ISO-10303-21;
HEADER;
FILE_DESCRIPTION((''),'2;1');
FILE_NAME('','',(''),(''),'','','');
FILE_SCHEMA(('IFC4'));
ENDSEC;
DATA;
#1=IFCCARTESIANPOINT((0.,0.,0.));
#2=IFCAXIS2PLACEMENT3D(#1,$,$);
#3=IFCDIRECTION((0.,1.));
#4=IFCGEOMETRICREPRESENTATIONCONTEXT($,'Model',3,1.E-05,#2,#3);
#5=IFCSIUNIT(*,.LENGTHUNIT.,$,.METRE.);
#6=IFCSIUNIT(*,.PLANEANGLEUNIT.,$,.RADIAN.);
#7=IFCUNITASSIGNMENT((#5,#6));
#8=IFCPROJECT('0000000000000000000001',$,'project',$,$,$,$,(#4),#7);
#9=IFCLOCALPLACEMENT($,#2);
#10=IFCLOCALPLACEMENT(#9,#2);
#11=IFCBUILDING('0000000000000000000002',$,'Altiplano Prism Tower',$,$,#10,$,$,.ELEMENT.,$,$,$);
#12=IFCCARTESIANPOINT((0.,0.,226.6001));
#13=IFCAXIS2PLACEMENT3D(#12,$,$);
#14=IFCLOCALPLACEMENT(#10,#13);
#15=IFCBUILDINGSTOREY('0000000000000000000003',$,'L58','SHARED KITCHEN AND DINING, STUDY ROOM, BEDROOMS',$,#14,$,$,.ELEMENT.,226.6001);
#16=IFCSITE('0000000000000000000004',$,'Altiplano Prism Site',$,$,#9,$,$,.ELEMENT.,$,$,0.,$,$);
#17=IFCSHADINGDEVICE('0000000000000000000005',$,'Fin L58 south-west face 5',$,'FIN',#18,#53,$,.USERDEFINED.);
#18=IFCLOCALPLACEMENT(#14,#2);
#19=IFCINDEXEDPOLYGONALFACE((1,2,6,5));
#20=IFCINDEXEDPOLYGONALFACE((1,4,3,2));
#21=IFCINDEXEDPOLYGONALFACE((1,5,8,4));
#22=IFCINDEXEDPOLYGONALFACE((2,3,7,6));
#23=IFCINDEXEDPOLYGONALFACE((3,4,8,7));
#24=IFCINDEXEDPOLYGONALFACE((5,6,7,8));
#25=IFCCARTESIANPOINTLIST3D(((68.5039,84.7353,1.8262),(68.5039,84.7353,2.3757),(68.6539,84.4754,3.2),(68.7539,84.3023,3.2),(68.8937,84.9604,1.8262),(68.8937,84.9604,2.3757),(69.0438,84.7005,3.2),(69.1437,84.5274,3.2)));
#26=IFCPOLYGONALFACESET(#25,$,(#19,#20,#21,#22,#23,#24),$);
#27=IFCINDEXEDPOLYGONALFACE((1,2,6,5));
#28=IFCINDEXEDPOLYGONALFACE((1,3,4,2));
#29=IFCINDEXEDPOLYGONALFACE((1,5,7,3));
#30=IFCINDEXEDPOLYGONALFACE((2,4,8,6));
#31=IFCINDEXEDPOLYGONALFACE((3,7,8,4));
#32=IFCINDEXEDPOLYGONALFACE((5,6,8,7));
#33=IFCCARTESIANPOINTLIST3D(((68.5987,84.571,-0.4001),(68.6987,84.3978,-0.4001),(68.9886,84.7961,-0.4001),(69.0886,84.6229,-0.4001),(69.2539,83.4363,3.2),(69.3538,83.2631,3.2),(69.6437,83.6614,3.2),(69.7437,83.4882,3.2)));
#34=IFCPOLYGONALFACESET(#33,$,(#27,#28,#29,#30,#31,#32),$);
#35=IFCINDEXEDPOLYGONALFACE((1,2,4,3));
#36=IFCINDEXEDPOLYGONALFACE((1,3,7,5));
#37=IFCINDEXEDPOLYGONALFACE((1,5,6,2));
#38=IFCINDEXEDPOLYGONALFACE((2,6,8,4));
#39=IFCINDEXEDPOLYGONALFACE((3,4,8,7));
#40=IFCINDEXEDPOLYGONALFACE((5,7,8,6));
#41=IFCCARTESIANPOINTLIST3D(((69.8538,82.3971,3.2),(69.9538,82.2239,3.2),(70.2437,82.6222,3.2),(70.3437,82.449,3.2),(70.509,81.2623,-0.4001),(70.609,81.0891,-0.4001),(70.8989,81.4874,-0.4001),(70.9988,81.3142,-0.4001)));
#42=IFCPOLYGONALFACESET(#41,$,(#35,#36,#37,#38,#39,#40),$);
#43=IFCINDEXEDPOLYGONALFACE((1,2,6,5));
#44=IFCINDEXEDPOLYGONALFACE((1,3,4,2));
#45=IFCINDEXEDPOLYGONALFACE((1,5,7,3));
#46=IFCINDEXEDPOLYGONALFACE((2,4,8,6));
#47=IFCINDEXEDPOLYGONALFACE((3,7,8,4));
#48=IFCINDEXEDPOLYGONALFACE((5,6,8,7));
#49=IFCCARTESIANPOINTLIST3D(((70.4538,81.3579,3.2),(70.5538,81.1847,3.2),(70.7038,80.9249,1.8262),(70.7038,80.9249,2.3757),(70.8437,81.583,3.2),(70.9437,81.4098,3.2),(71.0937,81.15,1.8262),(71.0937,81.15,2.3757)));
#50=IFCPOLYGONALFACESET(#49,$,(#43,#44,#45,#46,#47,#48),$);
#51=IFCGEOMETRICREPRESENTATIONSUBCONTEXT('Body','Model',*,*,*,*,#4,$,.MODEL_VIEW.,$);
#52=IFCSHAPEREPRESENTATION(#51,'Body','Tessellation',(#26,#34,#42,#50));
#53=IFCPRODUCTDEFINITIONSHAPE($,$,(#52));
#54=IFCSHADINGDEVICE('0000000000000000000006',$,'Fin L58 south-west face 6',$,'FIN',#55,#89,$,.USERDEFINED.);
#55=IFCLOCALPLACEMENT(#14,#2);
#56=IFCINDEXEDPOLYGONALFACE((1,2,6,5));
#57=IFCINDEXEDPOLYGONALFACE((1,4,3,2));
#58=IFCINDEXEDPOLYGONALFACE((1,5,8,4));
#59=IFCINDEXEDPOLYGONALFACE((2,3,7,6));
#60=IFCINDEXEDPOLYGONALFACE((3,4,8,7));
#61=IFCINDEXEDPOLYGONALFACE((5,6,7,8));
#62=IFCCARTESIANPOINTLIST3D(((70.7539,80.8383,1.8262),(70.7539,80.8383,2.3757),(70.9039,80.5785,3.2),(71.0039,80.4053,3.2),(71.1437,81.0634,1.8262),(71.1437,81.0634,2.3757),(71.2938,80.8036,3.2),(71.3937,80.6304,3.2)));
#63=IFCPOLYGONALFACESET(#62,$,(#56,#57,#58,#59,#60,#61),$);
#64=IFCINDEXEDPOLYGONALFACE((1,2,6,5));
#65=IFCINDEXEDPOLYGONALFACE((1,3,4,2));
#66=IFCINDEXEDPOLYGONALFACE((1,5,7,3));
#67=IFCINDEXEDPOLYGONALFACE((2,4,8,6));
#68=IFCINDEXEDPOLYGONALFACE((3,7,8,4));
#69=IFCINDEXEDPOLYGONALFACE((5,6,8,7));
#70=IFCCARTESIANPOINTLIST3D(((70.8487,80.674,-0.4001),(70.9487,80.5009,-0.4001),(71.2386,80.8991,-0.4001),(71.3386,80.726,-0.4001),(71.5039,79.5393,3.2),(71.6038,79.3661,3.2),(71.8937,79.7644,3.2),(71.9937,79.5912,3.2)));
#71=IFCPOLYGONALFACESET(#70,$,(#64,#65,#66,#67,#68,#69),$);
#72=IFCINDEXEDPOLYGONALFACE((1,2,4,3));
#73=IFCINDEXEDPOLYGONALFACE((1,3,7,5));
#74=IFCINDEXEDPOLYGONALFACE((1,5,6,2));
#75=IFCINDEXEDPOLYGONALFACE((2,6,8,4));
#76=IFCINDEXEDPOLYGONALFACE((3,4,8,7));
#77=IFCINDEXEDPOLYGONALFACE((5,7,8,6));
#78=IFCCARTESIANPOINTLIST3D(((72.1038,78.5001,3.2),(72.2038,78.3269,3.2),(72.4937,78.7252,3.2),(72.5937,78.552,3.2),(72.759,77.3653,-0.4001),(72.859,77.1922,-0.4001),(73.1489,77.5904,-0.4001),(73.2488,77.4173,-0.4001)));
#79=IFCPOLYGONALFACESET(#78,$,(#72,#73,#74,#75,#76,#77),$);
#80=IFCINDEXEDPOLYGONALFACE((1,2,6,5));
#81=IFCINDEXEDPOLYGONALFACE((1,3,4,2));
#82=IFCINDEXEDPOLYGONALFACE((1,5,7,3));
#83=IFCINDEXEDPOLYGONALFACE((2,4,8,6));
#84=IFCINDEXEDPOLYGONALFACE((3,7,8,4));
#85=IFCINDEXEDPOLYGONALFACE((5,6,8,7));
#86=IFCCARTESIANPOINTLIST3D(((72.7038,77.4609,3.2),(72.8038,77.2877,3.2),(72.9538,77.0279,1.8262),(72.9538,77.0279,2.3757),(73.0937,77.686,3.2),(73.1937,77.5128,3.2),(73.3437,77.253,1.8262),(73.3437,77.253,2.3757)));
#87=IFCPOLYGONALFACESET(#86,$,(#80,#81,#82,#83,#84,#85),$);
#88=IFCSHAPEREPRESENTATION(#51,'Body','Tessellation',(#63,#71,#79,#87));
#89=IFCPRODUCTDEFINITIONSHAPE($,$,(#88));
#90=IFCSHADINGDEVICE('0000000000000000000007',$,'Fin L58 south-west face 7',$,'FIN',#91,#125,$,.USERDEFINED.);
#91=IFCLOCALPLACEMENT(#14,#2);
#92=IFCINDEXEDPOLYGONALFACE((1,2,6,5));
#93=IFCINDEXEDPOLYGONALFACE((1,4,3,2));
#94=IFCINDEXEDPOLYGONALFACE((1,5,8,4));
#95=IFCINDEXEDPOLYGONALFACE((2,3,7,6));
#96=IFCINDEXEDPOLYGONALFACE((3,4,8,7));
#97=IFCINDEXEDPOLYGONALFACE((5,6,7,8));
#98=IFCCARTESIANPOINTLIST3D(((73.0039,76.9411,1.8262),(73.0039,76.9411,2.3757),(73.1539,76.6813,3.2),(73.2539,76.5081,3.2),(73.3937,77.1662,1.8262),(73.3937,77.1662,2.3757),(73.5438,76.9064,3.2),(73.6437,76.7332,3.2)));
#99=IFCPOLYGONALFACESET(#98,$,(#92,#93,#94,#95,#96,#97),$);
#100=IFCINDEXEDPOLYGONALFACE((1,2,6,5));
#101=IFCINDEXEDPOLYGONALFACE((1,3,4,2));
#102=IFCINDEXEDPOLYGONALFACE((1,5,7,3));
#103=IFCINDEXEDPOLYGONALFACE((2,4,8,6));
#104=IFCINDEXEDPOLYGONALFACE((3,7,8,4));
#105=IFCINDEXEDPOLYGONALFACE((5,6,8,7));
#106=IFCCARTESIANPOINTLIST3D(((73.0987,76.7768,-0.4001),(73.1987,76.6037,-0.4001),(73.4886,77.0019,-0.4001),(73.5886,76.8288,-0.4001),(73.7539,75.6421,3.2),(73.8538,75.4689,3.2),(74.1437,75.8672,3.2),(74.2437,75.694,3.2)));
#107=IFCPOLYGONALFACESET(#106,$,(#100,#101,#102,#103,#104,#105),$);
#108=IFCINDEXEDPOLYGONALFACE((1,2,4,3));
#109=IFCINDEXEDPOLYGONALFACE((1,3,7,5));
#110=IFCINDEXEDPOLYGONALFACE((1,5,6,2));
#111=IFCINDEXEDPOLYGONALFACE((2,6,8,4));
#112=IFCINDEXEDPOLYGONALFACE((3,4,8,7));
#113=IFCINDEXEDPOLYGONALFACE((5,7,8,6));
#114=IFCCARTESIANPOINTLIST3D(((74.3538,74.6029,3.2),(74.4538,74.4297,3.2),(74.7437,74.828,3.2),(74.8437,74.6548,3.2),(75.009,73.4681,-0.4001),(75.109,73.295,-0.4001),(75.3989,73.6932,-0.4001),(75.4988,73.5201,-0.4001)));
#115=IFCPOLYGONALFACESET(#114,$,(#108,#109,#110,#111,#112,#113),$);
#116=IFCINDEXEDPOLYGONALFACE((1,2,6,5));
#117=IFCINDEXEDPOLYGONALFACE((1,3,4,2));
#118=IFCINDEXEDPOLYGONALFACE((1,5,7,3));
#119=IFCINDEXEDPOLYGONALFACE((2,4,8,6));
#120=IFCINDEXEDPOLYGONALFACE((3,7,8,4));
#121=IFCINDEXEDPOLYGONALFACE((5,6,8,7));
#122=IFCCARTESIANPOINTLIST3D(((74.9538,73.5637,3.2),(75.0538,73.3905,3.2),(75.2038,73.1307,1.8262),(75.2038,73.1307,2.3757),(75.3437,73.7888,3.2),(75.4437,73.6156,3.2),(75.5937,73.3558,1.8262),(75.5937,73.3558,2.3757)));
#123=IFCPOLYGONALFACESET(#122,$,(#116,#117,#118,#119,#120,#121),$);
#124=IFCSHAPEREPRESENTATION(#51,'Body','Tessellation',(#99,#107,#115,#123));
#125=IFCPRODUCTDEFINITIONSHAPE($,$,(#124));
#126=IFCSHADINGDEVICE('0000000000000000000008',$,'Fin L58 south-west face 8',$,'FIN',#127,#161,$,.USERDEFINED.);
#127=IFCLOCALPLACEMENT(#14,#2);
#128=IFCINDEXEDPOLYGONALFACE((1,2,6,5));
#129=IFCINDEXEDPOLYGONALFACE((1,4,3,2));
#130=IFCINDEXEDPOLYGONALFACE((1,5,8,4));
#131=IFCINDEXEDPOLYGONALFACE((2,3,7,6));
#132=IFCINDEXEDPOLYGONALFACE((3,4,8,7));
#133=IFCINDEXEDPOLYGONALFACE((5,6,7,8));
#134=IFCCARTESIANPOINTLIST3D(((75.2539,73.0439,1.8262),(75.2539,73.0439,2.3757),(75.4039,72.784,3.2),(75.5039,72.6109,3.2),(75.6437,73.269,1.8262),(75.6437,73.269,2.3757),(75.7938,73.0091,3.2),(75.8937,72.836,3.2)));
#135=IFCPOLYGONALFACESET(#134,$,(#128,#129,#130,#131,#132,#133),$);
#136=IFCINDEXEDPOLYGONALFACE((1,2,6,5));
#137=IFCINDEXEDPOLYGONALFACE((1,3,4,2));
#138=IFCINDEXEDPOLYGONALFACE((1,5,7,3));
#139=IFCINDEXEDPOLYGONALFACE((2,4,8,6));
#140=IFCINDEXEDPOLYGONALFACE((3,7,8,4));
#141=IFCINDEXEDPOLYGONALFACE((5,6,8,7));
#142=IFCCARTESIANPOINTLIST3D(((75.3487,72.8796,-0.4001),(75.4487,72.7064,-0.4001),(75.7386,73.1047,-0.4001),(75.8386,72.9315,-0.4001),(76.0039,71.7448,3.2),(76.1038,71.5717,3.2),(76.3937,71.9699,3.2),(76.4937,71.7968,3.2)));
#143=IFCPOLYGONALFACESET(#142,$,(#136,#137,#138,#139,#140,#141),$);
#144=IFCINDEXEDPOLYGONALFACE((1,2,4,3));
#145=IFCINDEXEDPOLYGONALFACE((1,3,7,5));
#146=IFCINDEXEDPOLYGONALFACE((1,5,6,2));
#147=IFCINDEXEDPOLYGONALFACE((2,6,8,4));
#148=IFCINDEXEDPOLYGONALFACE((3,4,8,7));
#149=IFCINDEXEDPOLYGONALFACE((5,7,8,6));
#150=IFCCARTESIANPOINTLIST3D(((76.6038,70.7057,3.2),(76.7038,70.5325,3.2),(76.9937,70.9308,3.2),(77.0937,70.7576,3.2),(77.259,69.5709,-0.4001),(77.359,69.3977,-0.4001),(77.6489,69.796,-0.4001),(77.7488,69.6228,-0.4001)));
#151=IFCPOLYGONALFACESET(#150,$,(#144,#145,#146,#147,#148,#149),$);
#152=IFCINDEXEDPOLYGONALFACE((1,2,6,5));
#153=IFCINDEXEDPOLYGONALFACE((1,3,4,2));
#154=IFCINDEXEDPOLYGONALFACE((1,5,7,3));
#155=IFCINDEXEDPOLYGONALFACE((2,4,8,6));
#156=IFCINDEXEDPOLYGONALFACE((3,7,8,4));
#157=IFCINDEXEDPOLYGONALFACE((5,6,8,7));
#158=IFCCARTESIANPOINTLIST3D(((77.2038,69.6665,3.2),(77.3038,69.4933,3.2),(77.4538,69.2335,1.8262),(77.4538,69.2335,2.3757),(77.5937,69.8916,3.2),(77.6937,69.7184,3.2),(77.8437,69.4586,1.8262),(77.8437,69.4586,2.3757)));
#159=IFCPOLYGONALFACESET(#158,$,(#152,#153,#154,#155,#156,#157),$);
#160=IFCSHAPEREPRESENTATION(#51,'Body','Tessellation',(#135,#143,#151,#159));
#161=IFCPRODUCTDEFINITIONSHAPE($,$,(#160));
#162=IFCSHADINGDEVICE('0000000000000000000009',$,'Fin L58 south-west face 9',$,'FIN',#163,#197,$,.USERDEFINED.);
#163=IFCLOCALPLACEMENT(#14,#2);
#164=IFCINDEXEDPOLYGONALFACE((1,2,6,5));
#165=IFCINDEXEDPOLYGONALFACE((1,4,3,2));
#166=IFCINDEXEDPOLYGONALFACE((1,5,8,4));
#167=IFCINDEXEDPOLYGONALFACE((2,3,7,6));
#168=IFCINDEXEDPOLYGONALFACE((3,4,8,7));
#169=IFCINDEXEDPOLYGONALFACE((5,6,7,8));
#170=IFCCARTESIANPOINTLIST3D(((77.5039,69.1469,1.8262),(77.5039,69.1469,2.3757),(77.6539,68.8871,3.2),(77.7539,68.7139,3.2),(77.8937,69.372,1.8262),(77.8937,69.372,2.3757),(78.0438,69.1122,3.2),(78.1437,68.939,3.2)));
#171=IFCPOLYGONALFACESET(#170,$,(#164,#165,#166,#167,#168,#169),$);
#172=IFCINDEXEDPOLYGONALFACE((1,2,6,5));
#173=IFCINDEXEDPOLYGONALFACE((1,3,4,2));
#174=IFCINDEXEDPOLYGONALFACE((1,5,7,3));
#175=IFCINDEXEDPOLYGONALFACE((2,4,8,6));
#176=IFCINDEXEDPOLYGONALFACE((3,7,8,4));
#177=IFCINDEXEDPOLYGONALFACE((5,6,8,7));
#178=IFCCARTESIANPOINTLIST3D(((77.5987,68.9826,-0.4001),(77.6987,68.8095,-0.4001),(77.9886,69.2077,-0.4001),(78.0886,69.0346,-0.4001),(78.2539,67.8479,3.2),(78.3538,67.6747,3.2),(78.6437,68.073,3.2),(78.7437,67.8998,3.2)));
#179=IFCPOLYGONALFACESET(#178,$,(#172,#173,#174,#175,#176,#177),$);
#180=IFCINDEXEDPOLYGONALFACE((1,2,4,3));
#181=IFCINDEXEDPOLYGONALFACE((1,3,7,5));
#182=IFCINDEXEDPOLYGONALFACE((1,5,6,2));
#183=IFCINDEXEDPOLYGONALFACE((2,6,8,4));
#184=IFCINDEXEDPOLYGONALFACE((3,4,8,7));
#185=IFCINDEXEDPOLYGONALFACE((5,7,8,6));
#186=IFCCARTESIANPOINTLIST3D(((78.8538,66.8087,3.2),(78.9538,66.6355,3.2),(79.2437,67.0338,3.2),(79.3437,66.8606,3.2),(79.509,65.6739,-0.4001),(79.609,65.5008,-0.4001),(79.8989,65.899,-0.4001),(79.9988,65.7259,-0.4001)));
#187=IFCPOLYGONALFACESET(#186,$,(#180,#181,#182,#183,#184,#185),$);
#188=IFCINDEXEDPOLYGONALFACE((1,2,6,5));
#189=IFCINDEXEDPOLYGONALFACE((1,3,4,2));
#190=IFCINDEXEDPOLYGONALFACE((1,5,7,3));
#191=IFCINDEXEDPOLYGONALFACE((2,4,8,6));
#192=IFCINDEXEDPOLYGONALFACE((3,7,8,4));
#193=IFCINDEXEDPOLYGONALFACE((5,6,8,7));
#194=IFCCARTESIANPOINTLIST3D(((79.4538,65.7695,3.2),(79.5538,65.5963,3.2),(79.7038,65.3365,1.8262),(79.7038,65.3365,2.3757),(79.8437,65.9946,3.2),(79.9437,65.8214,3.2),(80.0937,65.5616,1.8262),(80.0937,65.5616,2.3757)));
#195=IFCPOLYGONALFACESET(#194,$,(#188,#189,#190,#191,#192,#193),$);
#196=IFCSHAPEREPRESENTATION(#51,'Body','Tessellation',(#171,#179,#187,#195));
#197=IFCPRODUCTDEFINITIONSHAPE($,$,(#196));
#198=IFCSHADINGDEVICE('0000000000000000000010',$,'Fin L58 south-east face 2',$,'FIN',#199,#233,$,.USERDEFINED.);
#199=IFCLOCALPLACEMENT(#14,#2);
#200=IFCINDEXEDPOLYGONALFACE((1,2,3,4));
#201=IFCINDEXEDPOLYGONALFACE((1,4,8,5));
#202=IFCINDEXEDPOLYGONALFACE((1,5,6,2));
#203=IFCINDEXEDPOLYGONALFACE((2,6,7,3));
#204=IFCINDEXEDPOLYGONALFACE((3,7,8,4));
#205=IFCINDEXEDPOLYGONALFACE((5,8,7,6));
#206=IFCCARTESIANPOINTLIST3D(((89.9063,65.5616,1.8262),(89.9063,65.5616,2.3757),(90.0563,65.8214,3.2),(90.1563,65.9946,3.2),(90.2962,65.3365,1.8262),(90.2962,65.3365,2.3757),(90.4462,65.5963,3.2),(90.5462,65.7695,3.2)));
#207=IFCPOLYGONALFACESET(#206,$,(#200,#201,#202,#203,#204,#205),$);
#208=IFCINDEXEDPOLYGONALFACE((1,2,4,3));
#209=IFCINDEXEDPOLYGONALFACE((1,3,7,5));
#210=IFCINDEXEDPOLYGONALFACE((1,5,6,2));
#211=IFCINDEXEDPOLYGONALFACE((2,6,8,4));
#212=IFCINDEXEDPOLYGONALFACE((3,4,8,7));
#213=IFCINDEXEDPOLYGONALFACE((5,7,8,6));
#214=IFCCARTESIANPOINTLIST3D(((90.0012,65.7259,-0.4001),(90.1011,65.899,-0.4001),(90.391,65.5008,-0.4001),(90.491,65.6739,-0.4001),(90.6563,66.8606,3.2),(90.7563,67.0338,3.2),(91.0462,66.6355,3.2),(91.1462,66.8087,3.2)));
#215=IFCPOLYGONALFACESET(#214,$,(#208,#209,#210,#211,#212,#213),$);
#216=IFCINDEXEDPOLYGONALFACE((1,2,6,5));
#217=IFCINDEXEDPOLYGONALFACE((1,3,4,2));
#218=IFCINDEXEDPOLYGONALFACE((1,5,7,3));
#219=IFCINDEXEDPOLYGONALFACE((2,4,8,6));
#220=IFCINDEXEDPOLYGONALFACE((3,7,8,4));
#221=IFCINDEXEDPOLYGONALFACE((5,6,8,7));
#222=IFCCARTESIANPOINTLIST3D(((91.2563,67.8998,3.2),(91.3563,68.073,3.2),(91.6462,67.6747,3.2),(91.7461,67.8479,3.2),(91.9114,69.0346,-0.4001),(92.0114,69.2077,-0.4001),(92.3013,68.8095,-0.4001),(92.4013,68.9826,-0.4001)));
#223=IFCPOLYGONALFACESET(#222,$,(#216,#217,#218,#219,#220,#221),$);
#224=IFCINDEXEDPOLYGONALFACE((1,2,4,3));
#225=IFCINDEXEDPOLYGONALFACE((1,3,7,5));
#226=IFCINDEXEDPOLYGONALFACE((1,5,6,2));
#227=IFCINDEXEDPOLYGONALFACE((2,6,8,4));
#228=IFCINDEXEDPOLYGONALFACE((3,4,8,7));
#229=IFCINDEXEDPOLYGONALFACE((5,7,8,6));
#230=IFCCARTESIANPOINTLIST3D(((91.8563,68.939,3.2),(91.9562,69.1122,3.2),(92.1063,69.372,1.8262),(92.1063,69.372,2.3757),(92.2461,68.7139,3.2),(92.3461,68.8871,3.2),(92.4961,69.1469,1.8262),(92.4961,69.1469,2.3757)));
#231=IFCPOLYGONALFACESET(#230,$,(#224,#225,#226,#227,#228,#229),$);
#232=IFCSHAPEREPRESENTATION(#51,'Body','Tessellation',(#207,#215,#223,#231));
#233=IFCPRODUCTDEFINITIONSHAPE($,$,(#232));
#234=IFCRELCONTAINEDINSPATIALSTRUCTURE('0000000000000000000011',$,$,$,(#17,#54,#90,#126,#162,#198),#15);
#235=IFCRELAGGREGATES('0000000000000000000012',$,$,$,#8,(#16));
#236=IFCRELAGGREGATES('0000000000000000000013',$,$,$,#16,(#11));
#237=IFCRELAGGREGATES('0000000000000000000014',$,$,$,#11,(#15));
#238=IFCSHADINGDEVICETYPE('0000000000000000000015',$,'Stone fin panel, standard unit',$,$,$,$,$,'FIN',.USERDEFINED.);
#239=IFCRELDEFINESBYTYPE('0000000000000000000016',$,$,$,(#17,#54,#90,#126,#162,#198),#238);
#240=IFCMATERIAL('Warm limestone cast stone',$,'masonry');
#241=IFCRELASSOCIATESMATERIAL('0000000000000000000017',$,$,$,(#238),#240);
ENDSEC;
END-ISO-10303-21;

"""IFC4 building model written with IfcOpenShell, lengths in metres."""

from ifc_helpers import new_model, si_unit, direction, frame, origin, place, context, subcontext, project, spatial, polyline, outline, extrude, source, transform, mapped, material, type_object, element, save


model = new_model("IFC4")

# Units and contexts
model_context = context("Model", 3, precision=1e-05, world=origin(), true_north=direction((0.0, 1.0)))
body_context = subcontext(model_context, "Body", "Model", "MODEL_VIEW")
ifc_project = project(units=[si_unit("LENGTHUNIT", "METRE"), si_unit("PLANEANGLEUNIT", "RADIAN")], contexts=[model_context])

# Site, building, storey
site_placement = place(None, origin())
site = spatial("IfcSite", under=ifc_project, at=site_placement, Name="Altiplano Prism Site", CompositionType="ELEMENT", RefElevation=0.0)
building_placement = place(site_placement, origin())
building = spatial("IfcBuilding", under=site, at=building_placement, Name="Altiplano Prism Tower", CompositionType="ELEMENT")
storey_placement = place(building_placement, frame((0.0, 0.0, 226.6001)))
storey = spatial("IfcBuildingStorey", under=building, at=storey_placement, Name="L58", Description="SHARED KITCHEN AND DINING, STUDY ROOM, BEDROOMS", CompositionType="ELEMENT", Elevation=226.6001)

# Shading devices
ifc_material_1 = material(Name="Warm limestone cast stone", Category="masonry")
shading_device_type_1 = type_object("IfcShadingDeviceType", Name="Stone fin panel, standard unit", ElementType="FIN", PredefinedType="USERDEFINED", material=ifc_material_1)
shared_shape_1 = source(origin(), body_context, "Body", "SweptSolid", [
    extrude(outline(polyline([(-2.2, 2.2263), (-1.7, 3.6001), (-1.8999, 3.6001), (-2.2, 2.7759), (-2.2, 2.2263)])), frame((0.0, -0.1499, 0.0), z_axis=(0.0, -1.0, 0.0), x_axis=(1.0, 0.0, 0.0)), (0.0, 0.0, 1.0), 0.4502),
    extrude(outline(polyline([(-2.0103, 0.0), (-1.8103, 0.0), (-0.5, 3.6001), (-0.7, 3.6001), (-2.0103, 0.0)])), frame((0.0, -0.1499, 0.0), z_axis=(0.0, -1.0, 0.0), x_axis=(1.0, 0.0, 0.0)), (0.0, 0.0, 1.0), 0.4502),
    extrude(outline(polyline([(1.8103, 0.0), (2.0103, 0.0), (0.7, 3.6001), (0.5, 3.6001), (1.8103, 0.0)])), frame((0.0, -0.1499, 0.0), z_axis=(0.0, -1.0, 0.0), x_axis=(1.0, 0.0, 0.0)), (0.0, 0.0, 1.0), 0.4502),
    extrude(outline(polyline([(2.2, 2.7759), (1.8999, 3.6001), (1.7, 3.6001), (2.2, 2.2263), (2.2, 2.7759)])), frame((0.0, -0.1499, 0.0), z_axis=(0.0, -1.0, 0.0), x_axis=(1.0, 0.0, 0.0)), (0.0, 0.0, 1.0), 0.4502),
])
shading_device_1_placement = place(storey_placement, origin())
element("IfcShadingDevice", 1, at=shading_device_1_placement, inside=storey, type_object=shading_device_type_1, Name="Fin L58 south-west face 5", ObjectType="FIN", PredefinedType="USERDEFINED", context=body_context, shape_type="MappedRepresentation", body=[
    mapped(shared_shape_1, transform((70.1235, 83.1301, -0.4001), x_axis=(0.5, -0.866025, 0.0), y_axis=(0.866025, 0.5, 0.0), z_axis=(0.0, 0.0, 1.0))),
])
shading_device_2_placement = place(storey_placement, origin())
element("IfcShadingDevice", 2, at=shading_device_2_placement, inside=storey, type_object=shading_device_type_1, Name="Fin L58 south-west face 6", ObjectType="FIN", PredefinedType="USERDEFINED", context=body_context, shape_type="MappedRepresentation", body=[
    mapped(shared_shape_1, transform((72.3735, 79.2332, -0.4001), x_axis=(0.5, -0.866025, 0.0), y_axis=(0.866025, 0.5, 0.0), z_axis=(0.0, 0.0, 1.0))),
])
shading_device_3_placement = place(storey_placement, origin())
element("IfcShadingDevice", 3, at=shading_device_3_placement, inside=storey, type_object=shading_device_type_1, Name="Fin L58 south-west face 7", ObjectType="FIN", PredefinedType="USERDEFINED", context=body_context, shape_type="MappedRepresentation", body=[
    mapped(shared_shape_1, transform((74.6235, 75.3359, -0.4001), x_axis=(0.5, -0.866025, 0.0), y_axis=(0.866025, 0.5, 0.0), z_axis=(0.0, 0.0, 1.0))),
])
shading_device_4_placement = place(storey_placement, origin())
element("IfcShadingDevice", 4, at=shading_device_4_placement, inside=storey, type_object=shading_device_type_1, Name="Fin L58 south-west face 8", ObjectType="FIN", PredefinedType="USERDEFINED", context=body_context, shape_type="MappedRepresentation", body=[
    mapped(shared_shape_1, transform((76.8735, 71.4387, -0.4001), x_axis=(0.5, -0.866025, 0.0), y_axis=(0.866025, 0.5, 0.0), z_axis=(0.0, 0.0, 1.0))),
])
shading_device_5_placement = place(storey_placement, origin())
element("IfcShadingDevice", 5, at=shading_device_5_placement, inside=storey, type_object=shading_device_type_1, Name="Fin L58 south-west face 9", ObjectType="FIN", PredefinedType="USERDEFINED", context=body_context, shape_type="MappedRepresentation", body=[
    mapped(shared_shape_1, transform((79.1235, 67.5417, -0.4001), x_axis=(0.5, -0.866025, 0.0), y_axis=(0.866025, 0.5, 0.0), z_axis=(0.0, 0.0, 1.0))),
])
shading_device_6_placement = place(storey_placement, origin())
element("IfcShadingDevice", 6, at=shading_device_6_placement, inside=storey, type_object=shading_device_type_1, Name="Fin L58 south-east face 2", ObjectType="FIN", PredefinedType="USERDEFINED", context=body_context, shape_type="MappedRepresentation", body=[
    mapped(shared_shape_1, transform((90.8765, 67.5417, -0.4001), x_axis=(0.5, 0.866025, 0.0), y_axis=(-0.866025, 0.5, 0.0), z_axis=(0.0, 0.0, 1.0))),
])

save(model, "model.ifc")
